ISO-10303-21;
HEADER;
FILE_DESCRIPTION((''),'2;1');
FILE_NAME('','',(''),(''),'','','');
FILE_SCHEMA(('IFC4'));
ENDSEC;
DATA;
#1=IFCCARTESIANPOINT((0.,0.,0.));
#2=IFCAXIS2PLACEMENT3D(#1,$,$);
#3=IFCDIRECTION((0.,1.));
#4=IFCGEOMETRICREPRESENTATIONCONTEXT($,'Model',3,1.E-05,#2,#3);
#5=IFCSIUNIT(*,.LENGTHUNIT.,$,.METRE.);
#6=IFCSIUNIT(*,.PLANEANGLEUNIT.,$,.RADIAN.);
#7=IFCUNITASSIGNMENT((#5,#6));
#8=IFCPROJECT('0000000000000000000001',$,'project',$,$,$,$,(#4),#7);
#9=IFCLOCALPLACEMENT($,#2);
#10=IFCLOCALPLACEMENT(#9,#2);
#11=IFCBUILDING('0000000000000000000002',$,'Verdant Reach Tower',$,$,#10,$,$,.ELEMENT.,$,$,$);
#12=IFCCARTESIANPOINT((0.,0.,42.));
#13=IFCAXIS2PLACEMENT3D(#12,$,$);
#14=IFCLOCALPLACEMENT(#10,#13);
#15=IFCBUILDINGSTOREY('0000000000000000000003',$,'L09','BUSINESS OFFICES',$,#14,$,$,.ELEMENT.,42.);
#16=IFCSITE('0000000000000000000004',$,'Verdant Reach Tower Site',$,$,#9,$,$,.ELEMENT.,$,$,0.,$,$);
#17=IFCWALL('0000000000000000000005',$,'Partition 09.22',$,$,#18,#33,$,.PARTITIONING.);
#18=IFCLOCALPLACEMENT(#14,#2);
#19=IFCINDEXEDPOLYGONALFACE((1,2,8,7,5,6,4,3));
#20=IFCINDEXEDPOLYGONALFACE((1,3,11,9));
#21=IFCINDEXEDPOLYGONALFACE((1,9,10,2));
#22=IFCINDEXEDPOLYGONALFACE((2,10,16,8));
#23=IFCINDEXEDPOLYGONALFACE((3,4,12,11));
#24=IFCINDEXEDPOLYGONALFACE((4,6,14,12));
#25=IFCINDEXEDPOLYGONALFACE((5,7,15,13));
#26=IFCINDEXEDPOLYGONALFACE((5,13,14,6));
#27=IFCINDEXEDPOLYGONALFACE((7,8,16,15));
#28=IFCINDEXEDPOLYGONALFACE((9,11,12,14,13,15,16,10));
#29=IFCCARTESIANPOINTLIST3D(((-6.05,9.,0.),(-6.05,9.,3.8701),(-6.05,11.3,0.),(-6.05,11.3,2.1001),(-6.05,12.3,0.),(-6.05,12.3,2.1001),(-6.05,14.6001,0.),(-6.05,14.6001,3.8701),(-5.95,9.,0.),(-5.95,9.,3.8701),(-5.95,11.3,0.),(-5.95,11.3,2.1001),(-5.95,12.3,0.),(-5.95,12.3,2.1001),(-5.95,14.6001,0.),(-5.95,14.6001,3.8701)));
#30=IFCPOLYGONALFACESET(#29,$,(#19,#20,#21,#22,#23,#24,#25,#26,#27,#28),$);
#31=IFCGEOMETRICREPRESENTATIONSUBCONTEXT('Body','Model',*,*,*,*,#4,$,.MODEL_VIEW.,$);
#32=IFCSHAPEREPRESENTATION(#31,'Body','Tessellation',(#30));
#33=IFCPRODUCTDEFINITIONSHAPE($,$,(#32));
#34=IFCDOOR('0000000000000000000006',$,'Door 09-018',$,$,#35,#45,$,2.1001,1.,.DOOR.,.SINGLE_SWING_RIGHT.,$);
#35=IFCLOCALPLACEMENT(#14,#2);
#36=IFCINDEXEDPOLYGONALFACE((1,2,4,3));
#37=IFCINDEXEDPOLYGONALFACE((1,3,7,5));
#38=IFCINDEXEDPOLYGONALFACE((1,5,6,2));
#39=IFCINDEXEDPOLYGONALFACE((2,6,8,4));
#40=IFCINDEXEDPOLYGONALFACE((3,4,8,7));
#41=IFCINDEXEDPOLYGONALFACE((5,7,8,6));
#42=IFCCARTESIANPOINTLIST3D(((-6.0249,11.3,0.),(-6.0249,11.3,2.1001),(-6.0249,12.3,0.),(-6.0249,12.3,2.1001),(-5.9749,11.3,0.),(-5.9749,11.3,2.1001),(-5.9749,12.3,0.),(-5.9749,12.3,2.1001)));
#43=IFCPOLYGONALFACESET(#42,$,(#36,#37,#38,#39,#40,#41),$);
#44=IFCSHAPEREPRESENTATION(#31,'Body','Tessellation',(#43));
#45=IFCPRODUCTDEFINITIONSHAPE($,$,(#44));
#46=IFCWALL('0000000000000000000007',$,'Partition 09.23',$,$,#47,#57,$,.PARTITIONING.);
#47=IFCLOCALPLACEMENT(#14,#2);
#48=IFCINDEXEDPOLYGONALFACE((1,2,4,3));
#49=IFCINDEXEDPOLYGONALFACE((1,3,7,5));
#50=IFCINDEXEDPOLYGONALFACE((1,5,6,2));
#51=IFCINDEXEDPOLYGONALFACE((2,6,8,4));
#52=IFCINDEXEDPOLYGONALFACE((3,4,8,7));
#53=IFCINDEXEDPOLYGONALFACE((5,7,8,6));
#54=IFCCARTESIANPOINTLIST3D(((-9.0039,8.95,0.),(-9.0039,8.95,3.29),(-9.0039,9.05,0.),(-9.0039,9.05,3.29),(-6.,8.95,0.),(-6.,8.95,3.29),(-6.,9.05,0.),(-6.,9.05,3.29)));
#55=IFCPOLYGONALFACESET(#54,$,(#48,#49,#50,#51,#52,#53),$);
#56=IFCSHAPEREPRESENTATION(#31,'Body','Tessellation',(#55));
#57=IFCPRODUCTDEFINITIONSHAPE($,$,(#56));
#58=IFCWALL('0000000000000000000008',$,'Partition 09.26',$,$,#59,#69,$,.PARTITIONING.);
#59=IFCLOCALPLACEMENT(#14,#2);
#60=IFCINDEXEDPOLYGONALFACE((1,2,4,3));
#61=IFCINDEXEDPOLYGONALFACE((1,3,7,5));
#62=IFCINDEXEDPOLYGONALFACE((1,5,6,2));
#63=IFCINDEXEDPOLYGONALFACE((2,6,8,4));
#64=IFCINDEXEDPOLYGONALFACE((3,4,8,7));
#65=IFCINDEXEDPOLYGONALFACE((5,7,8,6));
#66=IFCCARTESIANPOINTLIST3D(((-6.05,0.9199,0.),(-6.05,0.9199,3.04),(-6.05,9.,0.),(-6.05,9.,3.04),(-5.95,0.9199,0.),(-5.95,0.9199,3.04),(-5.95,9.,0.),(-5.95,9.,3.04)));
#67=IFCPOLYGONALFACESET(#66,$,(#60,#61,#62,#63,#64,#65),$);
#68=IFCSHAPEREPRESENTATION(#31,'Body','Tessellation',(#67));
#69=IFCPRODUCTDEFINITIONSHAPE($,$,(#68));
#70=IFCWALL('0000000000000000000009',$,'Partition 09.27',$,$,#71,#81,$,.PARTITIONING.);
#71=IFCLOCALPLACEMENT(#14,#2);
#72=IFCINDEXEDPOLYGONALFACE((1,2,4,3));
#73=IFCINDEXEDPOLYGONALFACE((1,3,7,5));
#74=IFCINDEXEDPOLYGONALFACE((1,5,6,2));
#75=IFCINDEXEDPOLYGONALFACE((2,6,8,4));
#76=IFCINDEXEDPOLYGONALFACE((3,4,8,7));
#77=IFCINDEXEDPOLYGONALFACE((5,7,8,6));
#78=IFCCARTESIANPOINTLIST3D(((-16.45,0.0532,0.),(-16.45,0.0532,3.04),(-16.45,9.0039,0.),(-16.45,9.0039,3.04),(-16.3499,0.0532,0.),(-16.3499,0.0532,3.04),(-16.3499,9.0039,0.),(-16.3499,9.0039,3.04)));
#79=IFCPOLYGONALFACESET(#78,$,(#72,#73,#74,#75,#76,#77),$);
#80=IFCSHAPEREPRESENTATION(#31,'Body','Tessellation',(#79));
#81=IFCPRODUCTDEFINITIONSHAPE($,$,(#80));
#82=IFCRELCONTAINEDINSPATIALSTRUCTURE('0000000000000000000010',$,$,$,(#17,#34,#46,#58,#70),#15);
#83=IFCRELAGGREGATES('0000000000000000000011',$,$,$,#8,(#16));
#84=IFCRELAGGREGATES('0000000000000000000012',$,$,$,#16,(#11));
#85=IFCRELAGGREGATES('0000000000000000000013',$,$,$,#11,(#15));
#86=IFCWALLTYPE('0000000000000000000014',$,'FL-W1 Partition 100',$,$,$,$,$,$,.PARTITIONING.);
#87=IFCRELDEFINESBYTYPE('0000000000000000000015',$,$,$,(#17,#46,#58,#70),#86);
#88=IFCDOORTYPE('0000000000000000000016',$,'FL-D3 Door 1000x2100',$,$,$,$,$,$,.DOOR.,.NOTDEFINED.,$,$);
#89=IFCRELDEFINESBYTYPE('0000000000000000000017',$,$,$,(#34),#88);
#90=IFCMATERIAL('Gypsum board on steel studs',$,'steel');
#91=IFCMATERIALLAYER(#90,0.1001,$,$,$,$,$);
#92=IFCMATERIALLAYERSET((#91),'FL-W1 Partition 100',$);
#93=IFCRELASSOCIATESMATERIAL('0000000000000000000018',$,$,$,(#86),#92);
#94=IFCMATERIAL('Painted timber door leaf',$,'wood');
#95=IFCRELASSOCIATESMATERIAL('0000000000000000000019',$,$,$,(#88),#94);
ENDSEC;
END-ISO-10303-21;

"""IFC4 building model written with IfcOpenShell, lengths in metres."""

from ifc_helpers import new_model, si_unit, direction, frame, frame_2d, origin, place, context, subcontext, project, spatial, rectangle, extrude, material, layer, layer_set, type_object, element, fill, save


model = new_model("IFC4")

# Units and contexts
model_context = context("Model", 3, precision=1e-05, world=origin(), true_north=direction((0.0, 1.0)))
body_context = subcontext(model_context, "Body", "Model", "MODEL_VIEW")
ifc_project = project(units=[si_unit("LENGTHUNIT", "METRE"), si_unit("PLANEANGLEUNIT", "RADIAN")], contexts=[model_context])

# Site, building, storey
site_placement = place(None, origin())
site = spatial("IfcSite", under=ifc_project, at=site_placement, Name="Verdant Reach Tower Site", CompositionType="ELEMENT", RefElevation=0.0)
building_placement = place(site_placement, origin())
building = spatial("IfcBuilding", under=site, at=building_placement, Name="Verdant Reach Tower", CompositionType="ELEMENT")
storey_placement = place(building_placement, frame((0.0, 0.0, 42.0)))
storey = spatial("IfcBuildingStorey", under=building, at=storey_placement, Name="L09", Description="BUSINESS OFFICES", CompositionType="ELEMENT", Elevation=42.0)

# Shared definitions
ifc_material_1 = material(Name="Gypsum board on steel studs", Category="steel")
ifc_layer_1 = layer(ifc_material_1, 0.1001)
ifc_layer_set_1 = layer_set([ifc_layer_1], Name="FL-W1 Partition 100")
wall_type = type_object("IfcWallType", Name="FL-W1 Partition 100", PredefinedType="PARTITIONING", material=ifc_layer_set_1)

# Wall, opening, door
ifc_material_2 = material(Name="Painted timber door leaf", Category="wood")
door_type = type_object("IfcDoorType", Name="FL-D3 Door 1000x2100", OperationType="NOTDEFINED", PredefinedType="DOOR", material=ifc_material_2)
wall_1_placement = place(storey_placement, frame((-6.0, 9.0, 0.0), z_axis=(0.0, 0.0, 1.0), x_axis=(0.0, 1.0, 0.0)))
wall_1 = element("IfcWall", 1, at=wall_1_placement, inside=storey, type_object=wall_type, Name="Partition 09.22", PredefinedType="PARTITIONING", context=body_context, shape_type="SweptSolid", body=[
    extrude(rectangle(XDim=5.6001, YDim=0.1001, at=frame_2d((2.8, 0.0))), origin(), (0.0, 0.0, 1.0), 3.8701),
])
opening_1_placement = place(wall_1_placement, frame((2.3, 0.0, 0.0)))
opening_1 = element("IfcOpeningElement", 2, at=opening_1_placement, cuts=wall_1, PredefinedType="OPENING", context=body_context, shape_type="SweptSolid", body=[
    extrude(rectangle(XDim=1.0, YDim=2.1001, at=frame_2d((0.5, 1.05))), frame((0.0, 0.0601, 0.0), z_axis=(0.0, -1.0, 0.0), x_axis=(1.0, 0.0, 0.0)), (0.0, 0.0, 1.0), 0.1201),
])
door_1_placement = place(opening_1_placement, origin())
door_1 = element("IfcDoor", 3, at=door_1_placement, inside=storey, type_object=door_type, Name="Door 09-018", OperationType="SINGLE_SWING_RIGHT", OverallHeight=2.1001, OverallWidth=1.0, PredefinedType="DOOR", context=body_context, shape_type="SweptSolid", body=[
    extrude(rectangle(XDim=1.0, YDim=2.1001, at=frame_2d((0.5, 1.05))), frame((0.0, 0.0249, 0.0), z_axis=(0.0, -1.0, 0.0), x_axis=(1.0, 0.0, 0.0)), (0.0, 0.0, 1.0), 0.05),
])
fill(opening_1, door_1)

# Walls
wall_2_placement = place(storey_placement, frame((-9.0039, 9.0, 0.0), z_axis=(0.0, 0.0, 1.0), x_axis=(1.0, 0.0, 0.0)))
element("IfcWall", 4, at=wall_2_placement, inside=storey, type_object=wall_type, Name="Partition 09.23", PredefinedType="PARTITIONING", context=body_context, shape_type="SweptSolid", body=[
    extrude(rectangle(XDim=3.0039, YDim=0.1001, at=frame_2d((1.502, 0.0))), origin(), (0.0, 0.0, 1.0), 3.29),
])
wall_3_placement = place(storey_placement, frame((-6.0, 0.9199, 0.0), z_axis=(0.0, 0.0, 1.0), x_axis=(0.0, 1.0, 0.0)))
element("IfcWall", 5, at=wall_3_placement, inside=storey, type_object=wall_type, Name="Partition 09.26", PredefinedType="PARTITIONING", context=body_context, shape_type="SweptSolid", body=[
    extrude(rectangle(XDim=8.0801, YDim=0.1001, at=frame_2d((4.04, 0.0))), origin(), (0.0, 0.0, 1.0), 3.04),
])
wall_4_placement = place(storey_placement, frame((-16.3999, 9.0039, 0.0), z_axis=(0.0, 0.0, 1.0), x_axis=(0.0, -1.0, 0.0)))
element("IfcWall", 6, at=wall_4_placement, inside=storey, type_object=wall_type, Name="Partition 09.27", PredefinedType="PARTITIONING", context=body_context, shape_type="SweptSolid", body=[
    extrude(rectangle(XDim=8.9507, YDim=0.1001, at=frame_2d((4.4753, 0.0))), origin(), (0.0, 0.0, 1.0), 3.04),
])

save(model, "model.ifc")
